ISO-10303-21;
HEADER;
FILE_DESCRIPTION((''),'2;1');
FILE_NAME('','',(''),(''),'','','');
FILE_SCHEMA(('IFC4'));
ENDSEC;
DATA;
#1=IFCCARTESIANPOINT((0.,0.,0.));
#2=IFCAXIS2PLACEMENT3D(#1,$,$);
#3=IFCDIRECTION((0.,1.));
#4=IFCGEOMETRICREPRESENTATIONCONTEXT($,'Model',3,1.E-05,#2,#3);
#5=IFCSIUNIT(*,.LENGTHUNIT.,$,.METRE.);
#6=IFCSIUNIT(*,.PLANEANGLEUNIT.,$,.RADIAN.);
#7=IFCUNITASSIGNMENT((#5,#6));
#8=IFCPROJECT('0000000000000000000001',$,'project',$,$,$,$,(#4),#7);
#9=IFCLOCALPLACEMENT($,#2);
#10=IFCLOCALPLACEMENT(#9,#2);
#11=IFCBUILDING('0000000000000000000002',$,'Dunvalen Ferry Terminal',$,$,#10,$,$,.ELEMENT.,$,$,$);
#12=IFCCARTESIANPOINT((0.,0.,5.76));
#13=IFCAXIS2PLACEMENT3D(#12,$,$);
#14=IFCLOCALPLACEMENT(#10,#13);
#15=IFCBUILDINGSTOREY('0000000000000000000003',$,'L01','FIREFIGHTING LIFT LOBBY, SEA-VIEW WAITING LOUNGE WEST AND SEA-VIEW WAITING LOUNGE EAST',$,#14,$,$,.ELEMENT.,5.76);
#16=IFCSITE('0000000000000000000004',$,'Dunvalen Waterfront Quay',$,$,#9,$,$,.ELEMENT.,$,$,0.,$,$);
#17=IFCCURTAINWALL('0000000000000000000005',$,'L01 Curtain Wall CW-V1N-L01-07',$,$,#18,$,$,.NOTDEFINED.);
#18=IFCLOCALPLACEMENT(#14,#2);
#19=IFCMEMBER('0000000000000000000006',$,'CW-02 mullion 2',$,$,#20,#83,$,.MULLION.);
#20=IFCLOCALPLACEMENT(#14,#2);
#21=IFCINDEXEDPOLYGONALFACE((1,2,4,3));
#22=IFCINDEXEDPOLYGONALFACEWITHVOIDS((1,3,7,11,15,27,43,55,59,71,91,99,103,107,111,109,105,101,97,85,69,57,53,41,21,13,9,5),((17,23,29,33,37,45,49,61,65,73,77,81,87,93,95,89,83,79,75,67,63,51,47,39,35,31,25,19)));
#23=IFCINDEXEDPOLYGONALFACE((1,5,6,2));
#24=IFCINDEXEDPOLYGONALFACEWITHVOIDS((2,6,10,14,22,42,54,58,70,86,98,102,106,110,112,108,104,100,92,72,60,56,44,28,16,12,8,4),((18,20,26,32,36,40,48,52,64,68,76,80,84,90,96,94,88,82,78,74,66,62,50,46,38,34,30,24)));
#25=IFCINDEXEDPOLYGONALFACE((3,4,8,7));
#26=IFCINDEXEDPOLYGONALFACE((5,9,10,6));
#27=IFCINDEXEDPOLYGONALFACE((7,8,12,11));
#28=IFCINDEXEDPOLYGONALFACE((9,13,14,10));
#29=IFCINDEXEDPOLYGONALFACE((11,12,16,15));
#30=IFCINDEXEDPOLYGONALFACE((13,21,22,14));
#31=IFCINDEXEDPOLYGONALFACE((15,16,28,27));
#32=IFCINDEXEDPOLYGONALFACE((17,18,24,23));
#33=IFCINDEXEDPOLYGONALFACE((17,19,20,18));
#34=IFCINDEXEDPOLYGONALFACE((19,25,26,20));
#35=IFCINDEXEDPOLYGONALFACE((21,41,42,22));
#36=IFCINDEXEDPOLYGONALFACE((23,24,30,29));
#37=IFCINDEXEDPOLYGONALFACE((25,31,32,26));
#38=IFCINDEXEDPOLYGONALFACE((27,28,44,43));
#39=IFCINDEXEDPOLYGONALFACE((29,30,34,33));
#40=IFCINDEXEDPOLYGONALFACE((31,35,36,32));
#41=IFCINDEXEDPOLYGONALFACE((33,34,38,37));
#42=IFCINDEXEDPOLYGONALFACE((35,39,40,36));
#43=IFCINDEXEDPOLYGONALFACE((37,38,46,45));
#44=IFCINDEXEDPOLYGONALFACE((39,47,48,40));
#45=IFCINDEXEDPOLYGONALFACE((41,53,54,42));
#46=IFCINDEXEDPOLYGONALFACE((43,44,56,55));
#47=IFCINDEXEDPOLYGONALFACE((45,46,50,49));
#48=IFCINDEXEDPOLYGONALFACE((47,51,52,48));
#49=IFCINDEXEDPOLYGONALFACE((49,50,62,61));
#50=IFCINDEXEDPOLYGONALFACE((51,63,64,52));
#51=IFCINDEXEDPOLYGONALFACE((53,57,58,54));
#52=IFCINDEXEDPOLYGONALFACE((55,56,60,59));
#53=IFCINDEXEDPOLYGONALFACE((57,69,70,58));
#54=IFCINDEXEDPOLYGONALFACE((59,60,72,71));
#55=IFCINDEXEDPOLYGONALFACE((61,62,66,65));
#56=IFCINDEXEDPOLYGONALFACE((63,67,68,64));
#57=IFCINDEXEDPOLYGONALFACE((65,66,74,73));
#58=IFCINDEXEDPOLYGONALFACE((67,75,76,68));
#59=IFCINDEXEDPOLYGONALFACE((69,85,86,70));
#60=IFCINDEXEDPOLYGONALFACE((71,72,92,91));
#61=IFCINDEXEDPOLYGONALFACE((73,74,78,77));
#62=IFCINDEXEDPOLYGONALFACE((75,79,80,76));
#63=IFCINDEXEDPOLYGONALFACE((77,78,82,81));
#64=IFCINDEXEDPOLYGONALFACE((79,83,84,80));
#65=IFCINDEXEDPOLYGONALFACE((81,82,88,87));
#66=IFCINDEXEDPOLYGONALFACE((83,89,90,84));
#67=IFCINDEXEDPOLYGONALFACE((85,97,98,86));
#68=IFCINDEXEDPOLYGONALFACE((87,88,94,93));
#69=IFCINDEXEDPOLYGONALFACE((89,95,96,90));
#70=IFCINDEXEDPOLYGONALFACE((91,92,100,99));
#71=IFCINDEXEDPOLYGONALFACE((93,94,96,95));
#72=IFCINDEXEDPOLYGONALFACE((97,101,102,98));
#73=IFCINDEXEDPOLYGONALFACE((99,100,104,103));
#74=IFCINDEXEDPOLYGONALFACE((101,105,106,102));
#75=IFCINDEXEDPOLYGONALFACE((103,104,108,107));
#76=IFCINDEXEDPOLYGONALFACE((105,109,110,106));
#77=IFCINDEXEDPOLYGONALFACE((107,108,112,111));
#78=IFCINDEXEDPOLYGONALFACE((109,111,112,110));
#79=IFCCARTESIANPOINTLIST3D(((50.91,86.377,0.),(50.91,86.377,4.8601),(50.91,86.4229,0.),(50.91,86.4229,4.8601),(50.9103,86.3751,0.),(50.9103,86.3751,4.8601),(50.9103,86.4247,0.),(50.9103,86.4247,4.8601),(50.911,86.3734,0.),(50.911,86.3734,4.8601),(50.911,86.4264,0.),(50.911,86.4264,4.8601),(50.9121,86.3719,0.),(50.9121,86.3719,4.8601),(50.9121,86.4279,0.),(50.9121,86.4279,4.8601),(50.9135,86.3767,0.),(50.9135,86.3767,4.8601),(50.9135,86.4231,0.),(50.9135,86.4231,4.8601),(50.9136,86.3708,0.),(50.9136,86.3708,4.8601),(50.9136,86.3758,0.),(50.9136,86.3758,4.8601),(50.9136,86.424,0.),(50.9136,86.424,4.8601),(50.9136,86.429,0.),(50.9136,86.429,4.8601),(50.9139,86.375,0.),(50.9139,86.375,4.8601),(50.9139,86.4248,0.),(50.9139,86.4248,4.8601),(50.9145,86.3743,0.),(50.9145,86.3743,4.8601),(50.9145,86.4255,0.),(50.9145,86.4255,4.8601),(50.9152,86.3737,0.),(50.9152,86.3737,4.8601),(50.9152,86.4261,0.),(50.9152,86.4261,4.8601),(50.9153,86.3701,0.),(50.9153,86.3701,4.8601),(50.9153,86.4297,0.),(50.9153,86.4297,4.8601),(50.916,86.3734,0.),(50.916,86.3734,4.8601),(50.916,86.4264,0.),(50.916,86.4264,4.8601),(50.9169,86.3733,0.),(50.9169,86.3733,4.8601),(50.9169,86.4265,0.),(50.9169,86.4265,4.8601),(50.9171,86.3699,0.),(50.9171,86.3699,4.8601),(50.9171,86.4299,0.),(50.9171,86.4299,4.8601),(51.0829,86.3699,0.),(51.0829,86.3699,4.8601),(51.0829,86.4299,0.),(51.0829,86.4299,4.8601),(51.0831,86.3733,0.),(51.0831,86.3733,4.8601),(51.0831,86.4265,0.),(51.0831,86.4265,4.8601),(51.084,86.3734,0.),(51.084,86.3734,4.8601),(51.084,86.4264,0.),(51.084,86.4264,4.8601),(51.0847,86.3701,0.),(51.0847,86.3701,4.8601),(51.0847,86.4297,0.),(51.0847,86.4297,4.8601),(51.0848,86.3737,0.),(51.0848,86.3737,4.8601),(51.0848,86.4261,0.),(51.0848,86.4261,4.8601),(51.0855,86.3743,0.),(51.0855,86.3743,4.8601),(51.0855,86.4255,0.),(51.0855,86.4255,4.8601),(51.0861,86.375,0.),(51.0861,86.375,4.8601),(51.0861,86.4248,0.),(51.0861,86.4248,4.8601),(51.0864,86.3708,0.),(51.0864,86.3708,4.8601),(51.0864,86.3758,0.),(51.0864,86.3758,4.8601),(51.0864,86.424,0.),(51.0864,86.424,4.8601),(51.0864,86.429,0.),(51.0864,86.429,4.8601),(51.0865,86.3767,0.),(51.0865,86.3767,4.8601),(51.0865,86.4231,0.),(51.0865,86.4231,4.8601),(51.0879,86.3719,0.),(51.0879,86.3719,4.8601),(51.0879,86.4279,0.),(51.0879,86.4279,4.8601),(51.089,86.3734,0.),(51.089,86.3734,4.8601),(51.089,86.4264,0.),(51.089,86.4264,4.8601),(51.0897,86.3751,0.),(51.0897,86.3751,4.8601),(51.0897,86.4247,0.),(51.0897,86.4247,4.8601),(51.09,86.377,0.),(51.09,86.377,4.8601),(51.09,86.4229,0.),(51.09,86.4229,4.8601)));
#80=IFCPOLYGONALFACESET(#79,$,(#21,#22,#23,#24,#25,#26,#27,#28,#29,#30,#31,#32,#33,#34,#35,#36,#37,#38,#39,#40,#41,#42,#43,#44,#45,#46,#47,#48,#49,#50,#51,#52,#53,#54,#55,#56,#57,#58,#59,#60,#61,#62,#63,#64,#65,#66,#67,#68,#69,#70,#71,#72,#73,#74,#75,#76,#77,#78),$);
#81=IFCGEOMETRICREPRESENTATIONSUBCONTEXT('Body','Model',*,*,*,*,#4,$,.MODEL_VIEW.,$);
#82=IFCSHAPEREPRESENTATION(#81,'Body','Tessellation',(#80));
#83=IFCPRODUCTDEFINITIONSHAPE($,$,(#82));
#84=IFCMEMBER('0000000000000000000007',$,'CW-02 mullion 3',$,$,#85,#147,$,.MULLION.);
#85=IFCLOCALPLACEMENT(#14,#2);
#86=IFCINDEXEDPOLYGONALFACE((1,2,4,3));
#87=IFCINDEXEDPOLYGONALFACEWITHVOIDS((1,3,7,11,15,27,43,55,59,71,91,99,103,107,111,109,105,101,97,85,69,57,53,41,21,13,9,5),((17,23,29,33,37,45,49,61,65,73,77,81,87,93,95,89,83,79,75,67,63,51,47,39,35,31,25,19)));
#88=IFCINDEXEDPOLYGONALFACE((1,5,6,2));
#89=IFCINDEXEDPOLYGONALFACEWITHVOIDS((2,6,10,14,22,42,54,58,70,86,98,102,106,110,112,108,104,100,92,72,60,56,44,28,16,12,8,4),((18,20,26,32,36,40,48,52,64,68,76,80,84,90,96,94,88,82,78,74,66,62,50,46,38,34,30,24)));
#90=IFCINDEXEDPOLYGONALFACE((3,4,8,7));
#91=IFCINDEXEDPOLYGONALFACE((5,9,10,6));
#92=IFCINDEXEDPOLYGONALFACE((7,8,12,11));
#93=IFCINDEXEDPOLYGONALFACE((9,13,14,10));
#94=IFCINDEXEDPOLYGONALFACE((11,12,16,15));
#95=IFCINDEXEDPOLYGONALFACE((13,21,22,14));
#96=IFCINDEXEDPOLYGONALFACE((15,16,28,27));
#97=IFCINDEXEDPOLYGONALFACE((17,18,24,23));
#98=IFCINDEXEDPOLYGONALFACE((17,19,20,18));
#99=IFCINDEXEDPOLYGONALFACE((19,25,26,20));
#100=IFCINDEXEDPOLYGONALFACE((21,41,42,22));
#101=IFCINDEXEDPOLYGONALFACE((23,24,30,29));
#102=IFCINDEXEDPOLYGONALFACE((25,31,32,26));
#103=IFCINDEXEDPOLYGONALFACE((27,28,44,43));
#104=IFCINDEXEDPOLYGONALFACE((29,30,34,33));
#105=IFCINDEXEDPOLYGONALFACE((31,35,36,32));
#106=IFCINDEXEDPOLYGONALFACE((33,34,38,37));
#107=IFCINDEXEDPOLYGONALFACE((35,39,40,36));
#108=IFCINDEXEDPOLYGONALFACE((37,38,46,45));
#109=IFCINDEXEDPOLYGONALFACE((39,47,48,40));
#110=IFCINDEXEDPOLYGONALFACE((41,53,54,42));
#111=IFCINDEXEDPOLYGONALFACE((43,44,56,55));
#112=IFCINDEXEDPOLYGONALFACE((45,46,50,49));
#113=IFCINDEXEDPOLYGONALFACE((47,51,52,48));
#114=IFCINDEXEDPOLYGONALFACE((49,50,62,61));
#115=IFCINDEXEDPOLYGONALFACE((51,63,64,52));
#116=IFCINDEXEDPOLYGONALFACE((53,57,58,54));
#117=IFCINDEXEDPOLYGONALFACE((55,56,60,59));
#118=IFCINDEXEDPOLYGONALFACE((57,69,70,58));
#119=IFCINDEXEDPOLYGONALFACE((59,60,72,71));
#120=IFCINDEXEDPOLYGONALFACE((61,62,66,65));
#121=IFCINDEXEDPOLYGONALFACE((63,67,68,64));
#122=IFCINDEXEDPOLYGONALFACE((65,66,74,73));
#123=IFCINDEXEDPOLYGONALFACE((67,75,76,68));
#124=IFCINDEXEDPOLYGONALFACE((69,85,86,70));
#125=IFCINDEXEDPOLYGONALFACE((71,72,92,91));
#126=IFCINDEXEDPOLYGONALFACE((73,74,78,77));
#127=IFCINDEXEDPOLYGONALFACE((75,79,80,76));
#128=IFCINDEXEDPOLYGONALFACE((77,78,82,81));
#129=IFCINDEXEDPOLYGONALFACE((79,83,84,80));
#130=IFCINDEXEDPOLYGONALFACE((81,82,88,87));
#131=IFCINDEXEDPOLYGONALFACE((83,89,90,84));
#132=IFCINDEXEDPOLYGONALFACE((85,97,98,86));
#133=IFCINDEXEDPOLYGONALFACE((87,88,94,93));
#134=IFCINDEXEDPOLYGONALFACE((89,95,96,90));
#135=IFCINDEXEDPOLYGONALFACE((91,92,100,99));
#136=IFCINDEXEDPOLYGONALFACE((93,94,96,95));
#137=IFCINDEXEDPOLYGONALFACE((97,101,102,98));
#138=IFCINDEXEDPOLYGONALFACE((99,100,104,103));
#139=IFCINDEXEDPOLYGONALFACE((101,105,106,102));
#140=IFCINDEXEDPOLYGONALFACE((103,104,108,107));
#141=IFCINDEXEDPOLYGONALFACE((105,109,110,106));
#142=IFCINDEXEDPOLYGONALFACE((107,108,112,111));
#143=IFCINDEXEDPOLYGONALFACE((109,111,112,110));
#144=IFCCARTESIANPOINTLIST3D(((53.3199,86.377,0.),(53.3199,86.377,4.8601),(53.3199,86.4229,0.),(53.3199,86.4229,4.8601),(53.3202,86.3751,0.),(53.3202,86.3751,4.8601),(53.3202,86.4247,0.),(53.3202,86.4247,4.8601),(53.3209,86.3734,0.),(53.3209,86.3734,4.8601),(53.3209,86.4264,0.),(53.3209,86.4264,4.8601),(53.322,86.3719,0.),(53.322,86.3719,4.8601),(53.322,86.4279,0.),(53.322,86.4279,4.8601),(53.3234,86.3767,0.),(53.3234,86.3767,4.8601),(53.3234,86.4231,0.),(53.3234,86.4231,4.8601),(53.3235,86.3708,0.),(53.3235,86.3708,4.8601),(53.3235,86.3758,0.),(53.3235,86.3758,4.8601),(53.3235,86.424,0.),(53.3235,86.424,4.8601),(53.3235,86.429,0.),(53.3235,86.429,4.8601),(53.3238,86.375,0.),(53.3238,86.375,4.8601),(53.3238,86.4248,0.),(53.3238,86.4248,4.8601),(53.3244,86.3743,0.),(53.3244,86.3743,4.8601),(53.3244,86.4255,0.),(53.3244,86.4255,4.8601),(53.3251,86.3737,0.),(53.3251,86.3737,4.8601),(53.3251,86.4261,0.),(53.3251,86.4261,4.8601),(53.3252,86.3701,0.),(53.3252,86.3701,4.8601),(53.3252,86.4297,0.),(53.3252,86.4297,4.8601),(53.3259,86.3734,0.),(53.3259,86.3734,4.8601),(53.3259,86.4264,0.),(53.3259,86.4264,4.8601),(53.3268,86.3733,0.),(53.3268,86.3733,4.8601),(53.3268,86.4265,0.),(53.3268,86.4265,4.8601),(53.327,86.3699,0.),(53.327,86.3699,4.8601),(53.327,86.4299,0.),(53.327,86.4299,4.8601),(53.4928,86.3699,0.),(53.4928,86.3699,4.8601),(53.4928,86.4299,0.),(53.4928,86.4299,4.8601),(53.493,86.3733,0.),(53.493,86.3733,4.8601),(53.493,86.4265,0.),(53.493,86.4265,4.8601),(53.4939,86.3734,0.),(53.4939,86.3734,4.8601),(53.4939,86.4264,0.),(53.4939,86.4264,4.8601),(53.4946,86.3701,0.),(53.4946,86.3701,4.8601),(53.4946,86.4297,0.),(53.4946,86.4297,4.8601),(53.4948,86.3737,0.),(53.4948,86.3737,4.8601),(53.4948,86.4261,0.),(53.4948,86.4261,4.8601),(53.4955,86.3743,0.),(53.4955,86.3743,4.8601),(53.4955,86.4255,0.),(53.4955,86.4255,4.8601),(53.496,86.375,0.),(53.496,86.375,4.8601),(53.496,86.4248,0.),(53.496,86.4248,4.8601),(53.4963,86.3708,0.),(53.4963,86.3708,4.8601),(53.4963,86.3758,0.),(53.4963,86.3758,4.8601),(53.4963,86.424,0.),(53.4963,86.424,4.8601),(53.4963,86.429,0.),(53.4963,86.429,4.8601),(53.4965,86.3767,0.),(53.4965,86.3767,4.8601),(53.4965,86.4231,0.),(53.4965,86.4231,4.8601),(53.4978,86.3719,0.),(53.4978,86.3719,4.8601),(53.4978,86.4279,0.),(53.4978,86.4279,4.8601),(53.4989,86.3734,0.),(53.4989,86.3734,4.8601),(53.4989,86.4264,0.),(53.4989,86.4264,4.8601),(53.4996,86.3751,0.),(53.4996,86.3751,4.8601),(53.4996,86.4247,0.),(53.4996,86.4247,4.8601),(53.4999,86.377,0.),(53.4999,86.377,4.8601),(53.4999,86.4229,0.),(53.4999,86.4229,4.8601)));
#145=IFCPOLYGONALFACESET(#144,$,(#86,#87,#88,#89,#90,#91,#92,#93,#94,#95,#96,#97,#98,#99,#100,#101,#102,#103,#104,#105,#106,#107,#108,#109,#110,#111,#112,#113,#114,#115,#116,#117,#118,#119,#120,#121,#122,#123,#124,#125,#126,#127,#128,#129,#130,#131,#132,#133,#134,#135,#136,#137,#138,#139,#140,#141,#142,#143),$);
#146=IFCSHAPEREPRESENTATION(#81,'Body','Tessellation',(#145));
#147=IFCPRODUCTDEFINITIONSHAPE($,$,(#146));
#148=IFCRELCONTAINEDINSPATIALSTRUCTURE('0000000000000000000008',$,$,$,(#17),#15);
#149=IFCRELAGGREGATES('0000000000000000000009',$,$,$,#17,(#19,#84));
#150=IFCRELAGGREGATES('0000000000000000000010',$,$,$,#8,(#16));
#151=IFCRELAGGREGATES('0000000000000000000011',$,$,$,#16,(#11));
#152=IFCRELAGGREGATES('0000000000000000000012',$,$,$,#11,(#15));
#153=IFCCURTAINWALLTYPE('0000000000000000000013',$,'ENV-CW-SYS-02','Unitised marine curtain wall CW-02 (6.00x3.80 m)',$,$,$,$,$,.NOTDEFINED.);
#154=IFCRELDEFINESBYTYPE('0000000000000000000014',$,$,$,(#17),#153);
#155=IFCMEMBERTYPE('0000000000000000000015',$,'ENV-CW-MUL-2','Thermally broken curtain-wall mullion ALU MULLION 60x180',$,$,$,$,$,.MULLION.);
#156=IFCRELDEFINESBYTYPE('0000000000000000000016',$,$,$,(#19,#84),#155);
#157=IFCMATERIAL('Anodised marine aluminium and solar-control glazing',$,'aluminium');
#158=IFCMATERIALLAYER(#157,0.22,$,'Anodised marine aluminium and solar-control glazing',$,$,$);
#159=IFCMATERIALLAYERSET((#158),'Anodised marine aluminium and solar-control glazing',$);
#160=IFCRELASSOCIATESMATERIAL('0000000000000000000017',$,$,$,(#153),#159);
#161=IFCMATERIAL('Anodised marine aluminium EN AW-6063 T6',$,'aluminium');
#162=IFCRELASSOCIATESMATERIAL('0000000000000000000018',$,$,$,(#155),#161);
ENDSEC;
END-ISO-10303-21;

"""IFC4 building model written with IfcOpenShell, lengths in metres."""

from ifc_helpers import new_model, si_unit, direction, frame, origin, origin_2d, place, context, subcontext, project, spatial, hollow_rectangle, extrude, material, layer, layer_set, material_profile, profile_set, type_object, element, aggregate, save


model = new_model("IFC4")

# Units and contexts
model_context = context("Model", 3, precision=1e-05, world=origin(), true_north=direction((0.0, 1.0)))
body_context = subcontext(model_context, "Body", "Model", "MODEL_VIEW")
ifc_project = project(units=[si_unit("LENGTHUNIT", "METRE"), si_unit("PLANEANGLEUNIT", "RADIAN")], contexts=[model_context])

# Site, building, storey
site_placement = place(None, origin())
site = spatial("IfcSite", under=ifc_project, at=site_placement, Name="Dunvalen Waterfront Quay", CompositionType="ELEMENT", RefElevation=0.0)
building_placement = place(site_placement, origin())
building = spatial("IfcBuilding", under=site, at=building_placement, Name="Dunvalen Ferry Terminal", CompositionType="ELEMENT")
storey_placement = place(building_placement, frame((0.0, 0.0, 5.76)))
storey = spatial("IfcBuildingStorey", under=building, at=storey_placement, Name="L01", Description="FIREFIGHTING LIFT LOBBY, SEA-VIEW WAITING LOUNGE WEST AND SEA-VIEW WAITING LOUNGE EAST", CompositionType="ELEMENT", Elevation=5.76)

# Shared definitions
ifc_material_1 = material(Name="Anodised marine aluminium and solar-control glazing", Category="aluminium")
ifc_layer_1 = layer(ifc_material_1, 0.22, Name="Anodised marine aluminium and solar-control glazing")
ifc_layer_set_1 = layer_set([ifc_layer_1], Name="Anodised marine aluminium and solar-control glazing")
curtain_wall_type = type_object("IfcCurtainWallType", Name="ENV-CW-SYS-02", Description="Unitised marine curtain wall CW-02 (6.00x3.80 m)", PredefinedType="NOTDEFINED", material=ifc_layer_set_1)
ifc_material_2 = material(Name="Anodised marine aluminium EN AW-6063 T6", Category="aluminium")
ifc_material_profile_1 = material_profile(ifc_material_2, hollow_rectangle(XDim=0.0601, YDim=0.1799, WallThickness=0.0034, InnerFilletRadius=0.0034, OuterFilletRadius=0.0071, at=origin_2d()), Name="Anodised marine aluminium EN AW-6063 T6")
ifc_profile_set_1 = profile_set([ifc_material_profile_1], Name="Anodised marine aluminium EN AW-6063 T6")
member_type_1 = type_object("IfcMemberType", Name="ENV-CW-MUL-2", Description="Thermally broken curtain-wall mullion ALU MULLION 60x180", PredefinedType="MULLION", material=ifc_profile_set_1)

# Curtain wall, members
curtain_wall_1_placement = place(storey_placement, origin())
curtain_wall_1 = element("IfcCurtainWall", 1, at=curtain_wall_1_placement, inside=storey, type_object=curtain_wall_type, Name="L01 Curtain Wall CW-V1N-L01-07", PredefinedType="NOTDEFINED")
member_1_placement = place(storey_placement, frame((51.0, 86.3999, 0.0), z_axis=(0.0, 0.0, 1.0), x_axis=(0.0, 1.0, 0.0)))
member_1 = element("IfcMember", 2, at=member_1_placement, type_object=member_type_1, Name="CW-02 mullion 2", PredefinedType="MULLION", context=body_context, shape_type="SweptSolid", body=[
    extrude(hollow_rectangle(XDim=0.0601, YDim=0.1799, WallThickness=0.0034, InnerFilletRadius=0.0034, OuterFilletRadius=0.0071, at=origin_2d()), origin(), (0.0, 0.0, 1.0), 4.8601),
])
member_2_placement = place(storey_placement, frame((53.4099, 86.3999, 0.0), z_axis=(0.0, 0.0, 1.0), x_axis=(0.0, 1.0, 0.0)))
member_2 = element("IfcMember", 3, at=member_2_placement, type_object=member_type_1, Name="CW-02 mullion 3", PredefinedType="MULLION", context=body_context, shape_type="SweptSolid", body=[
    extrude(hollow_rectangle(XDim=0.0601, YDim=0.1799, WallThickness=0.0034, InnerFilletRadius=0.0034, OuterFilletRadius=0.0071, at=origin_2d()), origin(), (0.0, 0.0, 1.0), 4.8601),
])

aggregate(curtain_wall_1, [member_1, member_2])

save(model, "model.ifc")
